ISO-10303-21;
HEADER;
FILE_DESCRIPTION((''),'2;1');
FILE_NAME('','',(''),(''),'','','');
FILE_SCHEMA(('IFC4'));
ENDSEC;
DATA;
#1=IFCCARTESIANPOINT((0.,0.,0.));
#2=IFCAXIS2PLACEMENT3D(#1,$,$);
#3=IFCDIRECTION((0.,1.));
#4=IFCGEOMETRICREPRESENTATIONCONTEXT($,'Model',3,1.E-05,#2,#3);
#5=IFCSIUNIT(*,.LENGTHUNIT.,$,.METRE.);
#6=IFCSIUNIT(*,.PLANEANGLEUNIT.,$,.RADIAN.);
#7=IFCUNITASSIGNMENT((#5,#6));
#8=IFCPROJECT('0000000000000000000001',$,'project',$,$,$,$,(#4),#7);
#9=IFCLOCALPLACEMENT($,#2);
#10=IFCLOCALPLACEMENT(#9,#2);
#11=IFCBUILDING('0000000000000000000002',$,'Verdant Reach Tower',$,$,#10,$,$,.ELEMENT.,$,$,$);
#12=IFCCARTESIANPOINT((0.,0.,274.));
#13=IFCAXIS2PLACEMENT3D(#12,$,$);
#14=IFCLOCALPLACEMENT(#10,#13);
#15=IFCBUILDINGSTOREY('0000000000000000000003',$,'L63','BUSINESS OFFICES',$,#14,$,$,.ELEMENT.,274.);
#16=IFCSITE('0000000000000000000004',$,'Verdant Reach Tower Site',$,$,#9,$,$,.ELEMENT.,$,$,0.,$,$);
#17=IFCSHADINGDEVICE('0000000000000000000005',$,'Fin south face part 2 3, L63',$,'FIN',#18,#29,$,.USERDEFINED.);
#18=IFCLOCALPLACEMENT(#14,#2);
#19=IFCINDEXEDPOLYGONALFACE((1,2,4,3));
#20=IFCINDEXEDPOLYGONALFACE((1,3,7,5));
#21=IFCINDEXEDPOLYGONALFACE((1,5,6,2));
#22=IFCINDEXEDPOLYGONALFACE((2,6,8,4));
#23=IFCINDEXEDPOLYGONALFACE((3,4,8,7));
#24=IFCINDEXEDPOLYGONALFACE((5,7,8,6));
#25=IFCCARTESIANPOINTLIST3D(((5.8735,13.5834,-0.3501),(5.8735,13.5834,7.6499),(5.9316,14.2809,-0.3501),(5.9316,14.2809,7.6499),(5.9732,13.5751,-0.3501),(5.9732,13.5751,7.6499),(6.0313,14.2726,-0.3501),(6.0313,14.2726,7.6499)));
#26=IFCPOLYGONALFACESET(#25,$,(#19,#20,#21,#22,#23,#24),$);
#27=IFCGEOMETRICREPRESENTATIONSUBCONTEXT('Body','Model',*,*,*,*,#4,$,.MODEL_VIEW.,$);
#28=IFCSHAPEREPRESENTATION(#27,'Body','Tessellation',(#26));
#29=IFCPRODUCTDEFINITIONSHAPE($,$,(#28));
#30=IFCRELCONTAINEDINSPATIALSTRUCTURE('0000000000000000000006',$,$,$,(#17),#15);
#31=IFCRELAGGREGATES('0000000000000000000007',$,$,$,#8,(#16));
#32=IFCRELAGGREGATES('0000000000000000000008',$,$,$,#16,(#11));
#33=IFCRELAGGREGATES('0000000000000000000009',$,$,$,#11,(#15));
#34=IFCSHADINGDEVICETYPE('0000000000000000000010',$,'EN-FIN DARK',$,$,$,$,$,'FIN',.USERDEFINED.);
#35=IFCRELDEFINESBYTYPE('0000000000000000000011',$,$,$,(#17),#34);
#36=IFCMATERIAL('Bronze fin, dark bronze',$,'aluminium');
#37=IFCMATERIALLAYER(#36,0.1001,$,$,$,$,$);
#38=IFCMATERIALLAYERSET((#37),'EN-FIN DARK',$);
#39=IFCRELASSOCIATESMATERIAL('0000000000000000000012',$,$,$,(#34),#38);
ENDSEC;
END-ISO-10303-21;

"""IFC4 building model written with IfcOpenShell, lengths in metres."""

from ifc_helpers import new_model, si_unit, direction, frame, origin, origin_2d, place, context, subcontext, project, spatial, rectangle, extrude, material, layer, layer_set, type_object, element, save


model = new_model("IFC4")

# Units and contexts
model_context = context("Model", 3, precision=1e-05, world=origin(), true_north=direction((0.0, 1.0)))
body_context = subcontext(model_context, "Body", "Model", "MODEL_VIEW")
ifc_project = project(units=[si_unit("LENGTHUNIT", "METRE"), si_unit("PLANEANGLEUNIT", "RADIAN")], contexts=[model_context])

# Site, building, storey
site_placement = place(None, origin())
site = spatial("IfcSite", under=ifc_project, at=site_placement, Name="Verdant Reach Tower Site", CompositionType="ELEMENT", RefElevation=0.0)
building_placement = place(site_placement, origin())
building = spatial("IfcBuilding", under=site, at=building_placement, Name="Verdant Reach Tower", CompositionType="ELEMENT")
storey_placement = place(building_placement, frame((0.0, 0.0, 274.0)))
storey = spatial("IfcBuildingStorey", under=building, at=storey_placement, Name="L63", Description="BUSINESS OFFICES", CompositionType="ELEMENT", Elevation=274.0)

# Shading device
ifc_material_1 = material(Name="Bronze fin, dark bronze", Category="aluminium")
ifc_layer_1 = layer(ifc_material_1, 0.1001)
ifc_layer_set_1 = layer_set([ifc_layer_1], Name="EN-FIN DARK")
shading_device_type_1 = type_object("IfcShadingDeviceType", Name="EN-FIN DARK", ElementType="FIN", PredefinedType="USERDEFINED", material=ifc_layer_set_1)
shading_device_1_placement = place(storey_placement, frame((5.9524, 13.928, -0.3501), z_axis=(0.0, 0.0, 1.0), x_axis=(0.996546, -0.083045, 0.0)))
element("IfcShadingDevice", 1, at=shading_device_1_placement, inside=storey, type_object=shading_device_type_1, Name="Fin south face part 2 3, L63", ObjectType="FIN", PredefinedType="USERDEFINED", context=body_context, shape_type="SweptSolid", body=[
    extrude(rectangle(XDim=0.1001, YDim=0.7, at=origin_2d()), origin(), (0.0, 0.0, 1.0), 8.0),
])

save(model, "model.ifc")
